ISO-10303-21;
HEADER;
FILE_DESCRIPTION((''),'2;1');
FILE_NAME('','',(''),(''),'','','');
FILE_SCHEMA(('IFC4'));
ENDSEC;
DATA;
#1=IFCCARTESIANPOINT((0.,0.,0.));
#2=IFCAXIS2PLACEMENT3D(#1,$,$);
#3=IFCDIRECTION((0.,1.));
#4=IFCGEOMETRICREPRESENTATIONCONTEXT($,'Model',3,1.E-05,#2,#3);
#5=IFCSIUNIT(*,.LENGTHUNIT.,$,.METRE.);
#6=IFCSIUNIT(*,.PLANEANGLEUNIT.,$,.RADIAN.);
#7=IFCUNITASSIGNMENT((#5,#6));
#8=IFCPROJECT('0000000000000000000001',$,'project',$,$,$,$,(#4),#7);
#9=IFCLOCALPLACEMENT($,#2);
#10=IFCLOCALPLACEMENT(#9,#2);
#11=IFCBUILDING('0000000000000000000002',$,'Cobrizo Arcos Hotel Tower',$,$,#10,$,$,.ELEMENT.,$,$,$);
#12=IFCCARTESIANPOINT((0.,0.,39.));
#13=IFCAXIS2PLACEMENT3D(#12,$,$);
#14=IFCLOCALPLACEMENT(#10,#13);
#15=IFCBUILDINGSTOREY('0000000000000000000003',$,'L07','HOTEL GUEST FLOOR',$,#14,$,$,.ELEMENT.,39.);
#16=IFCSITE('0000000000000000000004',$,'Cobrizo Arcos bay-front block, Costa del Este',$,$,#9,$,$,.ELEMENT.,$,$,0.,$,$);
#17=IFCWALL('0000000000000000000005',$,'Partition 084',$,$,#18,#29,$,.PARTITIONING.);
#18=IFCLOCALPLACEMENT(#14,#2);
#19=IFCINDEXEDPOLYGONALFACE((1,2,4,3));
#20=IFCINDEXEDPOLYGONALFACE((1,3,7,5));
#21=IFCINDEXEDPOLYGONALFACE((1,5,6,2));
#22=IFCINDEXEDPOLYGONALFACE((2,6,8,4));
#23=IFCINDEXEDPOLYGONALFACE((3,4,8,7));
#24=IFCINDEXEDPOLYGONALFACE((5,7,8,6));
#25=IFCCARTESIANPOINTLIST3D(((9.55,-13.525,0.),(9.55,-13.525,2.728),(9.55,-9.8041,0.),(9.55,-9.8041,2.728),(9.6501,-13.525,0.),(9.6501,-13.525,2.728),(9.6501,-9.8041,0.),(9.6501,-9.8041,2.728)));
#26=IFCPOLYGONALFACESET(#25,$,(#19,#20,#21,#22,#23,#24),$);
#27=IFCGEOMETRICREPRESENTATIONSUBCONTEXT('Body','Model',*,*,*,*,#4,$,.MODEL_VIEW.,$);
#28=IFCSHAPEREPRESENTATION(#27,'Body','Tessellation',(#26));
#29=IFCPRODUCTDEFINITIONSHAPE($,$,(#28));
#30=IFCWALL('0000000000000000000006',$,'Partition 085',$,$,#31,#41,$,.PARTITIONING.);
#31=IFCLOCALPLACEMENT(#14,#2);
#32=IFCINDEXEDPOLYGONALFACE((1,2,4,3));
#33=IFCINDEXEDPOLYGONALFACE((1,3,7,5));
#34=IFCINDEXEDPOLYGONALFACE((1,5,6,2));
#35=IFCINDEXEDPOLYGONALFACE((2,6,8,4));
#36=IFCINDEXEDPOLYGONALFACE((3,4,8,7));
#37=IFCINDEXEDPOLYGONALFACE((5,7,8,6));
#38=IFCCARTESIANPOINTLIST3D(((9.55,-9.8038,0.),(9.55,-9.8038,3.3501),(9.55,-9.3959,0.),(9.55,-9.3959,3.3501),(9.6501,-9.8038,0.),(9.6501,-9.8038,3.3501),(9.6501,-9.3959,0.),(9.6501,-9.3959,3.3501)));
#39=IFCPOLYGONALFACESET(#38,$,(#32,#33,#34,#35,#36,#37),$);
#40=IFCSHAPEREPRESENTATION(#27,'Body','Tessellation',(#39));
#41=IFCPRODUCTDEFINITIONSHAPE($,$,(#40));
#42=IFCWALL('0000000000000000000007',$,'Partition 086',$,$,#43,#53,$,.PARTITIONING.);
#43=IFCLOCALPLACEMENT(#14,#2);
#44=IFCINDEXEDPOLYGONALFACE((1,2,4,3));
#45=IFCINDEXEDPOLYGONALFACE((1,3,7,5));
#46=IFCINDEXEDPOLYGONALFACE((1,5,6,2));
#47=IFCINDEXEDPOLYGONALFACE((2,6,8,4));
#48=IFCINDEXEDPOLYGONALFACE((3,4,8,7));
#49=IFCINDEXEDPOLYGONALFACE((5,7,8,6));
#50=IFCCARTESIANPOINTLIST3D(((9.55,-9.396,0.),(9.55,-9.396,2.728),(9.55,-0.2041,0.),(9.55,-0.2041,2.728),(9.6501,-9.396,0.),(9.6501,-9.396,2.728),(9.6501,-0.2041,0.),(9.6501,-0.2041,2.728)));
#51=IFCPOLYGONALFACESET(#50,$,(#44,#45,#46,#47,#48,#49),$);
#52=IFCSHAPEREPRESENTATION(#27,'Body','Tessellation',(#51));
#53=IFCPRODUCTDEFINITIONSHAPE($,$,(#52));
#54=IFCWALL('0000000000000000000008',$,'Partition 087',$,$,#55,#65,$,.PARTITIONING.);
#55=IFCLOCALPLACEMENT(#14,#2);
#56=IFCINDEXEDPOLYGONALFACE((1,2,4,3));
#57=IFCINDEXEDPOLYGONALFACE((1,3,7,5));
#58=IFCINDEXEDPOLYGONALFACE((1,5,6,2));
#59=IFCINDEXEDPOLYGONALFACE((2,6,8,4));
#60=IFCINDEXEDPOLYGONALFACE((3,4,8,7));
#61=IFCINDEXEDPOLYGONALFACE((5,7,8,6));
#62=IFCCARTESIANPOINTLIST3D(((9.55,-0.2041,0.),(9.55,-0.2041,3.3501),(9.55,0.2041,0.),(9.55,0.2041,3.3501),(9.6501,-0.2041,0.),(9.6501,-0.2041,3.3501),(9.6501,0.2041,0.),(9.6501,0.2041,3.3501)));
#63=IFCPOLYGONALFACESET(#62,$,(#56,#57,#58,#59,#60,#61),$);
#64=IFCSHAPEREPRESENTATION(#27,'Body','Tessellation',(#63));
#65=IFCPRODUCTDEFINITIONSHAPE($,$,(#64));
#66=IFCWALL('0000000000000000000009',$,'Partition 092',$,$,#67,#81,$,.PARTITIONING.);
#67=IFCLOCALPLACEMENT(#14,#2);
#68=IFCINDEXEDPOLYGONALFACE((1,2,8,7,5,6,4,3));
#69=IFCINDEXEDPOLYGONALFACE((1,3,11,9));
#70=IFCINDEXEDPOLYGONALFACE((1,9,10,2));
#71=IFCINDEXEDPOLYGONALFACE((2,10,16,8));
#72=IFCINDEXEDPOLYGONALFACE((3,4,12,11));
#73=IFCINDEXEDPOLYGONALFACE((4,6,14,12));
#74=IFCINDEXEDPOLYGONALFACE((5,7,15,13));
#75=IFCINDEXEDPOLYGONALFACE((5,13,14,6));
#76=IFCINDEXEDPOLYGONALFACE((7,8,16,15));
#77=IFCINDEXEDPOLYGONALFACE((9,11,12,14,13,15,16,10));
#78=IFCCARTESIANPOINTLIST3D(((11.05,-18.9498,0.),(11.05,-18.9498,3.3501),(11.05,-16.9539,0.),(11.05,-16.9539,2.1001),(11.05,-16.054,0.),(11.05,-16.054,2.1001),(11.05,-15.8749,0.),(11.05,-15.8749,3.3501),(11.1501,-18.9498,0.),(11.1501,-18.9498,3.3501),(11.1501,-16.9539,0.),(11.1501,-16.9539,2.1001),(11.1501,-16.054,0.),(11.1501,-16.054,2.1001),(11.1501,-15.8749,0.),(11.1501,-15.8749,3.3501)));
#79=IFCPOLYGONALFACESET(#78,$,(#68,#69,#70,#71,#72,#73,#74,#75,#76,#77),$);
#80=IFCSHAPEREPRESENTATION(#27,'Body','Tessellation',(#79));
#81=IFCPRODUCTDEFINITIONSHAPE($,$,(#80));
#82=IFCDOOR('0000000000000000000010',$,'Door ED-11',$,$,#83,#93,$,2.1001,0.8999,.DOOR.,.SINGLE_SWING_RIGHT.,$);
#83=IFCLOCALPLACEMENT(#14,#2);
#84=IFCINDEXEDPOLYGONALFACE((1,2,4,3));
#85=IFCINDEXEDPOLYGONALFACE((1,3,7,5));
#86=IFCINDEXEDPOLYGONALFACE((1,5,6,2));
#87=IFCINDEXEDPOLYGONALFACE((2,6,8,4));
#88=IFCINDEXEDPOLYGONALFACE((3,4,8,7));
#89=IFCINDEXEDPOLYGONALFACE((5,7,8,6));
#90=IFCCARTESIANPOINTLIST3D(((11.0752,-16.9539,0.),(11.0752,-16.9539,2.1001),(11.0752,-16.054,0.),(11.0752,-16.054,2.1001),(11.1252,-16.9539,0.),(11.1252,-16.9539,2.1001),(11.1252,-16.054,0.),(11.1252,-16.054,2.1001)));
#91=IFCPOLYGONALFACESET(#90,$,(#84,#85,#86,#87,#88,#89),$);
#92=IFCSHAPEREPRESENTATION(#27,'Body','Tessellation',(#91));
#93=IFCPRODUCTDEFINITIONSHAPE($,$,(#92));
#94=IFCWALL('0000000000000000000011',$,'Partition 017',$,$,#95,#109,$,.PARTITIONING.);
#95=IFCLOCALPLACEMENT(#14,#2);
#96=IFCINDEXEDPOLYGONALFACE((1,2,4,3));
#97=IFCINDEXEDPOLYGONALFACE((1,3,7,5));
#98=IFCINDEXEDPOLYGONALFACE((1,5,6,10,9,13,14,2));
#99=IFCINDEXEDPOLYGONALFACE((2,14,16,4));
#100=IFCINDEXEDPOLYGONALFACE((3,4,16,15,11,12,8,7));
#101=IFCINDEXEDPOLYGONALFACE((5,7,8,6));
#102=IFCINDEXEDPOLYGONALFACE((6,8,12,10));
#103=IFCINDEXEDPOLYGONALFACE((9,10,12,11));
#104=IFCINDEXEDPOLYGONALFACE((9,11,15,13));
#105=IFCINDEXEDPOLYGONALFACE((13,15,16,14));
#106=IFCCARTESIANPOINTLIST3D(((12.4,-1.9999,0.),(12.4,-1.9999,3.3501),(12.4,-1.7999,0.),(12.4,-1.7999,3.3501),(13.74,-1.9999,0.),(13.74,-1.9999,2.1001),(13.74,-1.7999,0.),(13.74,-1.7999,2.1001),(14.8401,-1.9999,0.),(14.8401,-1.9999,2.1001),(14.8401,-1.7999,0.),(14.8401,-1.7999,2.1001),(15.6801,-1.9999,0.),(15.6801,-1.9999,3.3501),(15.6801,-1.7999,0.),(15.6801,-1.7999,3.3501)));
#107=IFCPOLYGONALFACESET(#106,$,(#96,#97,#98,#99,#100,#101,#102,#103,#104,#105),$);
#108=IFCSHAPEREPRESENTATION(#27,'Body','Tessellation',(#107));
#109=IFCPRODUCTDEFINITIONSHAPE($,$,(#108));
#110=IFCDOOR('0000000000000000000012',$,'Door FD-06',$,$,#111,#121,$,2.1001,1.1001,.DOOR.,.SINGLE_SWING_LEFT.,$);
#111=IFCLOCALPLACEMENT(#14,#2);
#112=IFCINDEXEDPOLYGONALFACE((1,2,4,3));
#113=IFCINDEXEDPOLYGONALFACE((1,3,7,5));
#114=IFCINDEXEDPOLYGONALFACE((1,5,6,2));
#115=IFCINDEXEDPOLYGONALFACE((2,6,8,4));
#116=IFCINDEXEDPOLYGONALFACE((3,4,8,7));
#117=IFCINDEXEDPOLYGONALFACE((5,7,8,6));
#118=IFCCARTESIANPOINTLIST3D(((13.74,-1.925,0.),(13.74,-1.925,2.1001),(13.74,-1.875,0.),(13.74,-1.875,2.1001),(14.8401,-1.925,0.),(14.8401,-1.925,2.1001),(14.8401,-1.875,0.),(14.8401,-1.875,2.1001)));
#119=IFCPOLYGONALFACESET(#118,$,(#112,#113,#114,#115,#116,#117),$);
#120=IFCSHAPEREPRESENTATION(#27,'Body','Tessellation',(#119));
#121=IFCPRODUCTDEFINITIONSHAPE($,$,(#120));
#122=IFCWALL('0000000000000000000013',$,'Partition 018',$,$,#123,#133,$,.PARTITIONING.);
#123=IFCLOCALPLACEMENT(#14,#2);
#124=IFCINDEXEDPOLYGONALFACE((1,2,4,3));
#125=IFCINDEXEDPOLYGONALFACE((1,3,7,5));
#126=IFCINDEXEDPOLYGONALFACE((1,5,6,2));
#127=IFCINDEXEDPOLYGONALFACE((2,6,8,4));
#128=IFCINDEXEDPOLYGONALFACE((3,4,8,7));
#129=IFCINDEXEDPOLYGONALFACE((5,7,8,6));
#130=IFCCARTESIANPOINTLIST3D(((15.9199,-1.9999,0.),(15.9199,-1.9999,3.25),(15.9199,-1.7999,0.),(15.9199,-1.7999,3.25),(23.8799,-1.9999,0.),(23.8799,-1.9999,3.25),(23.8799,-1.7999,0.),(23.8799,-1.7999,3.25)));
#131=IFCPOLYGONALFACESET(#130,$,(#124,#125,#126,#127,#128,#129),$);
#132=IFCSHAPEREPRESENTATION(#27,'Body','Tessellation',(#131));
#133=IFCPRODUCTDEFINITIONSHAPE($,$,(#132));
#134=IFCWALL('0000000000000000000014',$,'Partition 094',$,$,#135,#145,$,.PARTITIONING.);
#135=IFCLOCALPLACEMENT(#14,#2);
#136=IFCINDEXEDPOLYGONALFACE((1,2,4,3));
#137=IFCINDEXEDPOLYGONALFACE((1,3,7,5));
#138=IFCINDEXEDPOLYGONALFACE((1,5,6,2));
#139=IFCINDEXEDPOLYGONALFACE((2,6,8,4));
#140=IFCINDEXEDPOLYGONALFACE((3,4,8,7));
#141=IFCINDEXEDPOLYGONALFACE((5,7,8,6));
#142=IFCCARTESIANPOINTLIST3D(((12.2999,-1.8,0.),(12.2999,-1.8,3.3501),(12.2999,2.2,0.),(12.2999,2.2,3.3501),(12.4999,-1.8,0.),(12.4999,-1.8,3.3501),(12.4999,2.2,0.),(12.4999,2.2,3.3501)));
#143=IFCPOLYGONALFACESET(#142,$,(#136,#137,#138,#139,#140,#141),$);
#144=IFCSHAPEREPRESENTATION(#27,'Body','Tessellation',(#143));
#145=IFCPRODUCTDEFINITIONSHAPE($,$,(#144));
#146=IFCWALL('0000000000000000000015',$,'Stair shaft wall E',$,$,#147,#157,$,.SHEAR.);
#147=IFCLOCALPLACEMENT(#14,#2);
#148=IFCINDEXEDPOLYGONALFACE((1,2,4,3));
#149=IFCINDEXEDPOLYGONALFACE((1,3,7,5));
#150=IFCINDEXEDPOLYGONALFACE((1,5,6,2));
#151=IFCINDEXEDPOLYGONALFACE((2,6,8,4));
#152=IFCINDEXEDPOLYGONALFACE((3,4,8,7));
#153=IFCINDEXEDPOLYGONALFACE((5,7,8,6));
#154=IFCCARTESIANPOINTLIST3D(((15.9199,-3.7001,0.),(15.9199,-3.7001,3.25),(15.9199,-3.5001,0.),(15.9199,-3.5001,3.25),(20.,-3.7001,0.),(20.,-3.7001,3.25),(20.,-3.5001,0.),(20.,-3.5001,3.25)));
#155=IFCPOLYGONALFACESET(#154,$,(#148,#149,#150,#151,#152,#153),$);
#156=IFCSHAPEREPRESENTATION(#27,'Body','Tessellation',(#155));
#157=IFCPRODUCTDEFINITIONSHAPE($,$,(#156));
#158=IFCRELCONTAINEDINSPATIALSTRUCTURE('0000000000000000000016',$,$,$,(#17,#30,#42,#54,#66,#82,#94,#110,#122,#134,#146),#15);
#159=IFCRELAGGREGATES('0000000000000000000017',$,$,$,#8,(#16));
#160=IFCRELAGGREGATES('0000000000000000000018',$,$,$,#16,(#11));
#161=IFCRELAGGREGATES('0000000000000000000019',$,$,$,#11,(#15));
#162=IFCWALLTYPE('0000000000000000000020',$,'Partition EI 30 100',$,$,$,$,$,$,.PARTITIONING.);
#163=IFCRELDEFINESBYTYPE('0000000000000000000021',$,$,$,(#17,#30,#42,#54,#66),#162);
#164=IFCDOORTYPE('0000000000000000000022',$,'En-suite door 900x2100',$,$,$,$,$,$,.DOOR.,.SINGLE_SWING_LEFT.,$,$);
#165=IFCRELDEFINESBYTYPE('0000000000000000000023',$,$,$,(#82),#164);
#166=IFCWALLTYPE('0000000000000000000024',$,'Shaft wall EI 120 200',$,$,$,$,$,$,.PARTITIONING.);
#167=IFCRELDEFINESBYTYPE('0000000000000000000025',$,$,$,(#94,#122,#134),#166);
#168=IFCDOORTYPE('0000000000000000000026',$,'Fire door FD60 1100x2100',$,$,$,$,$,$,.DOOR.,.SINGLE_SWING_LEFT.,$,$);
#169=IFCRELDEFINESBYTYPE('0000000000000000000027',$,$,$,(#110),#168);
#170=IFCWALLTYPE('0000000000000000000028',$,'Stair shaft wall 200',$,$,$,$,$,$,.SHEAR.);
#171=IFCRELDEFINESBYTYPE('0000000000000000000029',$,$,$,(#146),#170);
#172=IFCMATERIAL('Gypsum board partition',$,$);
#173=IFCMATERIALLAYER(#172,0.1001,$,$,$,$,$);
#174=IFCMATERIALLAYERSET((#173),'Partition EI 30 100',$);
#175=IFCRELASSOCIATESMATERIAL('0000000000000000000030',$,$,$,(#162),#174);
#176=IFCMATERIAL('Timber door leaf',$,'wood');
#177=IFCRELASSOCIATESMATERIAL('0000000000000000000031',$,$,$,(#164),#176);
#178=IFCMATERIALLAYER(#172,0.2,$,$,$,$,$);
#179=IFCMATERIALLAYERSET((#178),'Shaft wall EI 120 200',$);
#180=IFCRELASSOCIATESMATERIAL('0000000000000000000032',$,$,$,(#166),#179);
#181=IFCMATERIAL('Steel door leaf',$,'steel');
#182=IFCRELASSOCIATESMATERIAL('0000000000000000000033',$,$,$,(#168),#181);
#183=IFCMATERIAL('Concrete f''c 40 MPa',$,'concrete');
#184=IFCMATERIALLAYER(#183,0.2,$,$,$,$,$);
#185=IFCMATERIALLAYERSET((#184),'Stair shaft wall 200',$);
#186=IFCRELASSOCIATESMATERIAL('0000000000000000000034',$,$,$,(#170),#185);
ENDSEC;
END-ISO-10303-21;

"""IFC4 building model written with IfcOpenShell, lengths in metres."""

from ifc_helpers import new_model, si_unit, direction, frame, frame_2d, origin, place, context, subcontext, project, spatial, rectangle, extrude, material, layer, layer_set, type_object, element, fill, save


model = new_model("IFC4")

# Units and contexts
model_context = context("Model", 3, precision=1e-05, world=origin(), true_north=direction((0.0, 1.0)))
body_context = subcontext(model_context, "Body", "Model", "MODEL_VIEW")
ifc_project = project(units=[si_unit("LENGTHUNIT", "METRE"), si_unit("PLANEANGLEUNIT", "RADIAN")], contexts=[model_context])

# Site, building, storey
site_placement = place(None, origin())
site = spatial("IfcSite", under=ifc_project, at=site_placement, Name="Cobrizo Arcos bay-front block, Costa del Este", CompositionType="ELEMENT", RefElevation=0.0)
building_placement = place(site_placement, origin())
building = spatial("IfcBuilding", under=site, at=building_placement, Name="Cobrizo Arcos Hotel Tower", CompositionType="ELEMENT")
storey_placement = place(building_placement, frame((0.0, 0.0, 39.0)))
storey = spatial("IfcBuildingStorey", under=building, at=storey_placement, Name="L07", Description="HOTEL GUEST FLOOR", CompositionType="ELEMENT", Elevation=39.0)

# Shared definitions
ifc_material_1 = material(Name="Gypsum board partition")
ifc_material_2 = material(Name="Timber door leaf", Category="wood")

# Shared definitions
ifc_layer_1 = layer(ifc_material_1, 0.1001)
ifc_layer_set_1 = layer_set([ifc_layer_1], Name="Partition EI 30 100")
wall_type_1 = type_object("IfcWallType", Name="Partition EI 30 100", PredefinedType="PARTITIONING", material=ifc_layer_set_1)

# Shared definitions
door_type_1 = type_object("IfcDoorType", Name="En-suite door 900x2100", OperationType="SINGLE_SWING_LEFT", PredefinedType="DOOR", material=ifc_material_2)

# Walls
wall_1_placement = place(storey_placement, frame((9.6001, -13.5249, 0.0), z_axis=(0.0, 0.0, 1.0), x_axis=(0.0, 1.0, 0.0)))
element("IfcWall", 1, at=wall_1_placement, inside=storey, type_object=wall_type_1, Name="Partition 084", PredefinedType="PARTITIONING", context=body_context, shape_type="SweptSolid", body=[
    extrude(rectangle(XDim=3.7209, YDim=0.1001, at=frame_2d((1.8604, 0.0))), origin(), (0.0, 0.0, 1.0), 2.728),
])
wall_2_placement = place(storey_placement, frame((9.6001, -9.804, 0.0), z_axis=(0.0, 0.0, 1.0), x_axis=(0.0, 1.0, 0.0)))
element("IfcWall", 2, at=wall_2_placement, inside=storey, type_object=wall_type_1, Name="Partition 085", PredefinedType="PARTITIONING", context=body_context, shape_type="SweptSolid", body=[
    extrude(rectangle(XDim=0.408, YDim=0.1001, at=frame_2d((0.2041, 0.0))), origin(), (0.0, 0.0, 1.0), 3.3501),
])
wall_3_placement = place(storey_placement, frame((9.6001, -9.396, 0.0), z_axis=(0.0, 0.0, 1.0), x_axis=(0.0, 1.0, 0.0)))
element("IfcWall", 3, at=wall_3_placement, inside=storey, type_object=wall_type_1, Name="Partition 086", PredefinedType="PARTITIONING", context=body_context, shape_type="SweptSolid", body=[
    extrude(rectangle(XDim=9.1919, YDim=0.1001, at=frame_2d((4.5959, 0.0))), origin(), (0.0, 0.0, 1.0), 2.728),
])
wall_4_placement = place(storey_placement, frame((9.6001, -0.2041, 0.0), z_axis=(0.0, 0.0, 1.0), x_axis=(0.0, 1.0, 0.0)))
element("IfcWall", 4, at=wall_4_placement, inside=storey, type_object=wall_type_1, Name="Partition 087", PredefinedType="PARTITIONING", context=body_context, shape_type="SweptSolid", body=[
    extrude(rectangle(XDim=0.4082, YDim=0.1001, at=frame_2d((0.2041, 0.0))), origin(), (0.0, 0.0, 1.0), 3.3501),
])

# Walls, openings, doors
wall_5_placement = place(storey_placement, frame((11.1001, -18.95, 0.0), z_axis=(0.0, 0.0, 1.0), x_axis=(0.0, 1.0, 0.0)))
wall_5 = element("IfcWall", 5, at=wall_5_placement, inside=storey, type_object=wall_type_1, Name="Partition 092", PredefinedType="PARTITIONING", context=body_context, shape_type="SweptSolid", body=[
    extrude(rectangle(XDim=3.075, YDim=0.1001, at=frame_2d((1.5376, 0.0))), origin(), (0.0, 0.0, 1.0), 3.3501),
])
opening_1_placement = place(wall_5_placement, frame((1.9961, 0.0, 0.0)))
opening_1 = element("IfcOpeningElement", 6, at=opening_1_placement, cuts=wall_5, PredefinedType="OPENING", context=body_context, shape_type="SweptSolid", body=[
    extrude(rectangle(XDim=0.8999, YDim=2.1001, at=frame_2d((0.45, 1.05))), frame((0.0, 0.062, 0.0), z_axis=(0.0, -1.0, 0.0), x_axis=(1.0, 0.0, 0.0)), (0.0, 0.0, 1.0), 0.124),
])
door_1_placement = place(opening_1_placement, origin())
door_1 = element("IfcDoor", 7, at=door_1_placement, inside=storey, type_object=door_type_1, Name="Door ED-11", OperationType="SINGLE_SWING_RIGHT", OverallHeight=2.1001, OverallWidth=0.8999, PredefinedType="DOOR", context=body_context, shape_type="SweptSolid", body=[
    extrude(rectangle(XDim=0.8999, YDim=2.1001, at=frame_2d((0.45, 1.05))), frame((0.0, 0.0249, 0.0), z_axis=(0.0, -1.0, 0.0), x_axis=(1.0, 0.0, 0.0)), (0.0, 0.0, 1.0), 0.05),
])
fill(opening_1, door_1)
ifc_layer_2 = layer(ifc_material_1, 0.2)
ifc_layer_set_2 = layer_set([ifc_layer_2], Name="Shaft wall EI 120 200")
wall_type_2 = type_object("IfcWallType", Name="Shaft wall EI 120 200", PredefinedType="PARTITIONING", material=ifc_layer_set_2)
wall_6_placement = place(storey_placement, frame((12.3999, -1.8999, 0.0), z_axis=(0.0, 0.0, 1.0), x_axis=(1.0, 0.0, 0.0)))
wall_6 = element("IfcWall", 8, at=wall_6_placement, inside=storey, type_object=wall_type_2, Name="Partition 017", PredefinedType="PARTITIONING", context=body_context, shape_type="SweptSolid", body=[
    extrude(rectangle(XDim=3.28, YDim=0.2, at=frame_2d((1.6401, 0.0))), origin(), (0.0, 0.0, 1.0), 3.3501),
])
opening_2_placement = place(wall_6_placement, frame((1.3401, 0.0, 0.0)))
opening_2 = element("IfcOpeningElement", 9, at=opening_2_placement, cuts=wall_6, PredefinedType="OPENING", context=body_context, shape_type="SweptSolid", body=[
    extrude(rectangle(XDim=1.1001, YDim=2.1001, at=frame_2d((0.55, 1.05))), frame((0.0, 0.1121, 0.0), z_axis=(0.0, -1.0, 0.0), x_axis=(1.0, 0.0, 0.0)), (0.0, 0.0, 1.0), 0.2239),
])
ifc_material_3 = material(Name="Steel door leaf", Category="steel")
door_type_2 = type_object("IfcDoorType", Name="Fire door FD60 1100x2100", OperationType="SINGLE_SWING_LEFT", PredefinedType="DOOR", material=ifc_material_3)
door_2_placement = place(opening_2_placement, origin())
door_2 = element("IfcDoor", 10, at=door_2_placement, inside=storey, type_object=door_type_2, Name="Door FD-06", OperationType="SINGLE_SWING_LEFT", OverallHeight=2.1001, OverallWidth=1.1001, PredefinedType="DOOR", context=body_context, shape_type="SweptSolid", body=[
    extrude(rectangle(XDim=1.1001, YDim=2.1001, at=frame_2d((0.55, 1.05))), frame((0.0, 0.0249, 0.0), z_axis=(0.0, -1.0, 0.0), x_axis=(1.0, 0.0, 0.0)), (0.0, 0.0, 1.0), 0.05),
])
fill(opening_2, door_2)

# Walls
wall_7_placement = place(storey_placement, frame((15.9199, -1.8999, 0.0), z_axis=(0.0, 0.0, 1.0), x_axis=(1.0, 0.0, 0.0)))
element("IfcWall", 11, at=wall_7_placement, inside=storey, type_object=wall_type_2, Name="Partition 018", PredefinedType="PARTITIONING", context=body_context, shape_type="SweptSolid", body=[
    extrude(rectangle(XDim=7.96, YDim=0.2, at=frame_2d((3.98, 0.0))), origin(), (0.0, 0.0, 1.0), 3.25),
])
wall_8_placement = place(storey_placement, frame((12.3999, -1.8, 0.0), z_axis=(0.0, 0.0, 1.0), x_axis=(0.0, 1.0, 0.0)))
element("IfcWall", 12, at=wall_8_placement, inside=storey, type_object=wall_type_2, Name="Partition 094", PredefinedType="PARTITIONING", context=body_context, shape_type="SweptSolid", body=[
    extrude(rectangle(XDim=4.0, YDim=0.2, at=frame_2d((2.0, 0.0))), origin(), (0.0, 0.0, 1.0), 3.3501),
])
ifc_material_4 = material(Name="Concrete f'c 40 MPa", Category="concrete")
ifc_layer_3 = layer(ifc_material_4, 0.2)
ifc_layer_set_3 = layer_set([ifc_layer_3], Name="Stair shaft wall 200")
wall_type_3 = type_object("IfcWallType", Name="Stair shaft wall 200", PredefinedType="SHEAR", material=ifc_layer_set_3)
wall_9_placement = place(storey_placement, frame((15.9199, -3.6001, 0.0), z_axis=(0.0, 0.0, 1.0), x_axis=(1.0, 0.0, 0.0)))
element("IfcWall", 13, at=wall_9_placement, inside=storey, type_object=wall_type_3, Name="Stair shaft wall E", PredefinedType="SHEAR", context=body_context, shape_type="SweptSolid", body=[
    extrude(rectangle(XDim=4.0801, YDim=0.2, at=frame_2d((2.04, 0.0))), origin(), (0.0, 0.0, 1.0), 3.25),
])

save(model, "model.ifc")
